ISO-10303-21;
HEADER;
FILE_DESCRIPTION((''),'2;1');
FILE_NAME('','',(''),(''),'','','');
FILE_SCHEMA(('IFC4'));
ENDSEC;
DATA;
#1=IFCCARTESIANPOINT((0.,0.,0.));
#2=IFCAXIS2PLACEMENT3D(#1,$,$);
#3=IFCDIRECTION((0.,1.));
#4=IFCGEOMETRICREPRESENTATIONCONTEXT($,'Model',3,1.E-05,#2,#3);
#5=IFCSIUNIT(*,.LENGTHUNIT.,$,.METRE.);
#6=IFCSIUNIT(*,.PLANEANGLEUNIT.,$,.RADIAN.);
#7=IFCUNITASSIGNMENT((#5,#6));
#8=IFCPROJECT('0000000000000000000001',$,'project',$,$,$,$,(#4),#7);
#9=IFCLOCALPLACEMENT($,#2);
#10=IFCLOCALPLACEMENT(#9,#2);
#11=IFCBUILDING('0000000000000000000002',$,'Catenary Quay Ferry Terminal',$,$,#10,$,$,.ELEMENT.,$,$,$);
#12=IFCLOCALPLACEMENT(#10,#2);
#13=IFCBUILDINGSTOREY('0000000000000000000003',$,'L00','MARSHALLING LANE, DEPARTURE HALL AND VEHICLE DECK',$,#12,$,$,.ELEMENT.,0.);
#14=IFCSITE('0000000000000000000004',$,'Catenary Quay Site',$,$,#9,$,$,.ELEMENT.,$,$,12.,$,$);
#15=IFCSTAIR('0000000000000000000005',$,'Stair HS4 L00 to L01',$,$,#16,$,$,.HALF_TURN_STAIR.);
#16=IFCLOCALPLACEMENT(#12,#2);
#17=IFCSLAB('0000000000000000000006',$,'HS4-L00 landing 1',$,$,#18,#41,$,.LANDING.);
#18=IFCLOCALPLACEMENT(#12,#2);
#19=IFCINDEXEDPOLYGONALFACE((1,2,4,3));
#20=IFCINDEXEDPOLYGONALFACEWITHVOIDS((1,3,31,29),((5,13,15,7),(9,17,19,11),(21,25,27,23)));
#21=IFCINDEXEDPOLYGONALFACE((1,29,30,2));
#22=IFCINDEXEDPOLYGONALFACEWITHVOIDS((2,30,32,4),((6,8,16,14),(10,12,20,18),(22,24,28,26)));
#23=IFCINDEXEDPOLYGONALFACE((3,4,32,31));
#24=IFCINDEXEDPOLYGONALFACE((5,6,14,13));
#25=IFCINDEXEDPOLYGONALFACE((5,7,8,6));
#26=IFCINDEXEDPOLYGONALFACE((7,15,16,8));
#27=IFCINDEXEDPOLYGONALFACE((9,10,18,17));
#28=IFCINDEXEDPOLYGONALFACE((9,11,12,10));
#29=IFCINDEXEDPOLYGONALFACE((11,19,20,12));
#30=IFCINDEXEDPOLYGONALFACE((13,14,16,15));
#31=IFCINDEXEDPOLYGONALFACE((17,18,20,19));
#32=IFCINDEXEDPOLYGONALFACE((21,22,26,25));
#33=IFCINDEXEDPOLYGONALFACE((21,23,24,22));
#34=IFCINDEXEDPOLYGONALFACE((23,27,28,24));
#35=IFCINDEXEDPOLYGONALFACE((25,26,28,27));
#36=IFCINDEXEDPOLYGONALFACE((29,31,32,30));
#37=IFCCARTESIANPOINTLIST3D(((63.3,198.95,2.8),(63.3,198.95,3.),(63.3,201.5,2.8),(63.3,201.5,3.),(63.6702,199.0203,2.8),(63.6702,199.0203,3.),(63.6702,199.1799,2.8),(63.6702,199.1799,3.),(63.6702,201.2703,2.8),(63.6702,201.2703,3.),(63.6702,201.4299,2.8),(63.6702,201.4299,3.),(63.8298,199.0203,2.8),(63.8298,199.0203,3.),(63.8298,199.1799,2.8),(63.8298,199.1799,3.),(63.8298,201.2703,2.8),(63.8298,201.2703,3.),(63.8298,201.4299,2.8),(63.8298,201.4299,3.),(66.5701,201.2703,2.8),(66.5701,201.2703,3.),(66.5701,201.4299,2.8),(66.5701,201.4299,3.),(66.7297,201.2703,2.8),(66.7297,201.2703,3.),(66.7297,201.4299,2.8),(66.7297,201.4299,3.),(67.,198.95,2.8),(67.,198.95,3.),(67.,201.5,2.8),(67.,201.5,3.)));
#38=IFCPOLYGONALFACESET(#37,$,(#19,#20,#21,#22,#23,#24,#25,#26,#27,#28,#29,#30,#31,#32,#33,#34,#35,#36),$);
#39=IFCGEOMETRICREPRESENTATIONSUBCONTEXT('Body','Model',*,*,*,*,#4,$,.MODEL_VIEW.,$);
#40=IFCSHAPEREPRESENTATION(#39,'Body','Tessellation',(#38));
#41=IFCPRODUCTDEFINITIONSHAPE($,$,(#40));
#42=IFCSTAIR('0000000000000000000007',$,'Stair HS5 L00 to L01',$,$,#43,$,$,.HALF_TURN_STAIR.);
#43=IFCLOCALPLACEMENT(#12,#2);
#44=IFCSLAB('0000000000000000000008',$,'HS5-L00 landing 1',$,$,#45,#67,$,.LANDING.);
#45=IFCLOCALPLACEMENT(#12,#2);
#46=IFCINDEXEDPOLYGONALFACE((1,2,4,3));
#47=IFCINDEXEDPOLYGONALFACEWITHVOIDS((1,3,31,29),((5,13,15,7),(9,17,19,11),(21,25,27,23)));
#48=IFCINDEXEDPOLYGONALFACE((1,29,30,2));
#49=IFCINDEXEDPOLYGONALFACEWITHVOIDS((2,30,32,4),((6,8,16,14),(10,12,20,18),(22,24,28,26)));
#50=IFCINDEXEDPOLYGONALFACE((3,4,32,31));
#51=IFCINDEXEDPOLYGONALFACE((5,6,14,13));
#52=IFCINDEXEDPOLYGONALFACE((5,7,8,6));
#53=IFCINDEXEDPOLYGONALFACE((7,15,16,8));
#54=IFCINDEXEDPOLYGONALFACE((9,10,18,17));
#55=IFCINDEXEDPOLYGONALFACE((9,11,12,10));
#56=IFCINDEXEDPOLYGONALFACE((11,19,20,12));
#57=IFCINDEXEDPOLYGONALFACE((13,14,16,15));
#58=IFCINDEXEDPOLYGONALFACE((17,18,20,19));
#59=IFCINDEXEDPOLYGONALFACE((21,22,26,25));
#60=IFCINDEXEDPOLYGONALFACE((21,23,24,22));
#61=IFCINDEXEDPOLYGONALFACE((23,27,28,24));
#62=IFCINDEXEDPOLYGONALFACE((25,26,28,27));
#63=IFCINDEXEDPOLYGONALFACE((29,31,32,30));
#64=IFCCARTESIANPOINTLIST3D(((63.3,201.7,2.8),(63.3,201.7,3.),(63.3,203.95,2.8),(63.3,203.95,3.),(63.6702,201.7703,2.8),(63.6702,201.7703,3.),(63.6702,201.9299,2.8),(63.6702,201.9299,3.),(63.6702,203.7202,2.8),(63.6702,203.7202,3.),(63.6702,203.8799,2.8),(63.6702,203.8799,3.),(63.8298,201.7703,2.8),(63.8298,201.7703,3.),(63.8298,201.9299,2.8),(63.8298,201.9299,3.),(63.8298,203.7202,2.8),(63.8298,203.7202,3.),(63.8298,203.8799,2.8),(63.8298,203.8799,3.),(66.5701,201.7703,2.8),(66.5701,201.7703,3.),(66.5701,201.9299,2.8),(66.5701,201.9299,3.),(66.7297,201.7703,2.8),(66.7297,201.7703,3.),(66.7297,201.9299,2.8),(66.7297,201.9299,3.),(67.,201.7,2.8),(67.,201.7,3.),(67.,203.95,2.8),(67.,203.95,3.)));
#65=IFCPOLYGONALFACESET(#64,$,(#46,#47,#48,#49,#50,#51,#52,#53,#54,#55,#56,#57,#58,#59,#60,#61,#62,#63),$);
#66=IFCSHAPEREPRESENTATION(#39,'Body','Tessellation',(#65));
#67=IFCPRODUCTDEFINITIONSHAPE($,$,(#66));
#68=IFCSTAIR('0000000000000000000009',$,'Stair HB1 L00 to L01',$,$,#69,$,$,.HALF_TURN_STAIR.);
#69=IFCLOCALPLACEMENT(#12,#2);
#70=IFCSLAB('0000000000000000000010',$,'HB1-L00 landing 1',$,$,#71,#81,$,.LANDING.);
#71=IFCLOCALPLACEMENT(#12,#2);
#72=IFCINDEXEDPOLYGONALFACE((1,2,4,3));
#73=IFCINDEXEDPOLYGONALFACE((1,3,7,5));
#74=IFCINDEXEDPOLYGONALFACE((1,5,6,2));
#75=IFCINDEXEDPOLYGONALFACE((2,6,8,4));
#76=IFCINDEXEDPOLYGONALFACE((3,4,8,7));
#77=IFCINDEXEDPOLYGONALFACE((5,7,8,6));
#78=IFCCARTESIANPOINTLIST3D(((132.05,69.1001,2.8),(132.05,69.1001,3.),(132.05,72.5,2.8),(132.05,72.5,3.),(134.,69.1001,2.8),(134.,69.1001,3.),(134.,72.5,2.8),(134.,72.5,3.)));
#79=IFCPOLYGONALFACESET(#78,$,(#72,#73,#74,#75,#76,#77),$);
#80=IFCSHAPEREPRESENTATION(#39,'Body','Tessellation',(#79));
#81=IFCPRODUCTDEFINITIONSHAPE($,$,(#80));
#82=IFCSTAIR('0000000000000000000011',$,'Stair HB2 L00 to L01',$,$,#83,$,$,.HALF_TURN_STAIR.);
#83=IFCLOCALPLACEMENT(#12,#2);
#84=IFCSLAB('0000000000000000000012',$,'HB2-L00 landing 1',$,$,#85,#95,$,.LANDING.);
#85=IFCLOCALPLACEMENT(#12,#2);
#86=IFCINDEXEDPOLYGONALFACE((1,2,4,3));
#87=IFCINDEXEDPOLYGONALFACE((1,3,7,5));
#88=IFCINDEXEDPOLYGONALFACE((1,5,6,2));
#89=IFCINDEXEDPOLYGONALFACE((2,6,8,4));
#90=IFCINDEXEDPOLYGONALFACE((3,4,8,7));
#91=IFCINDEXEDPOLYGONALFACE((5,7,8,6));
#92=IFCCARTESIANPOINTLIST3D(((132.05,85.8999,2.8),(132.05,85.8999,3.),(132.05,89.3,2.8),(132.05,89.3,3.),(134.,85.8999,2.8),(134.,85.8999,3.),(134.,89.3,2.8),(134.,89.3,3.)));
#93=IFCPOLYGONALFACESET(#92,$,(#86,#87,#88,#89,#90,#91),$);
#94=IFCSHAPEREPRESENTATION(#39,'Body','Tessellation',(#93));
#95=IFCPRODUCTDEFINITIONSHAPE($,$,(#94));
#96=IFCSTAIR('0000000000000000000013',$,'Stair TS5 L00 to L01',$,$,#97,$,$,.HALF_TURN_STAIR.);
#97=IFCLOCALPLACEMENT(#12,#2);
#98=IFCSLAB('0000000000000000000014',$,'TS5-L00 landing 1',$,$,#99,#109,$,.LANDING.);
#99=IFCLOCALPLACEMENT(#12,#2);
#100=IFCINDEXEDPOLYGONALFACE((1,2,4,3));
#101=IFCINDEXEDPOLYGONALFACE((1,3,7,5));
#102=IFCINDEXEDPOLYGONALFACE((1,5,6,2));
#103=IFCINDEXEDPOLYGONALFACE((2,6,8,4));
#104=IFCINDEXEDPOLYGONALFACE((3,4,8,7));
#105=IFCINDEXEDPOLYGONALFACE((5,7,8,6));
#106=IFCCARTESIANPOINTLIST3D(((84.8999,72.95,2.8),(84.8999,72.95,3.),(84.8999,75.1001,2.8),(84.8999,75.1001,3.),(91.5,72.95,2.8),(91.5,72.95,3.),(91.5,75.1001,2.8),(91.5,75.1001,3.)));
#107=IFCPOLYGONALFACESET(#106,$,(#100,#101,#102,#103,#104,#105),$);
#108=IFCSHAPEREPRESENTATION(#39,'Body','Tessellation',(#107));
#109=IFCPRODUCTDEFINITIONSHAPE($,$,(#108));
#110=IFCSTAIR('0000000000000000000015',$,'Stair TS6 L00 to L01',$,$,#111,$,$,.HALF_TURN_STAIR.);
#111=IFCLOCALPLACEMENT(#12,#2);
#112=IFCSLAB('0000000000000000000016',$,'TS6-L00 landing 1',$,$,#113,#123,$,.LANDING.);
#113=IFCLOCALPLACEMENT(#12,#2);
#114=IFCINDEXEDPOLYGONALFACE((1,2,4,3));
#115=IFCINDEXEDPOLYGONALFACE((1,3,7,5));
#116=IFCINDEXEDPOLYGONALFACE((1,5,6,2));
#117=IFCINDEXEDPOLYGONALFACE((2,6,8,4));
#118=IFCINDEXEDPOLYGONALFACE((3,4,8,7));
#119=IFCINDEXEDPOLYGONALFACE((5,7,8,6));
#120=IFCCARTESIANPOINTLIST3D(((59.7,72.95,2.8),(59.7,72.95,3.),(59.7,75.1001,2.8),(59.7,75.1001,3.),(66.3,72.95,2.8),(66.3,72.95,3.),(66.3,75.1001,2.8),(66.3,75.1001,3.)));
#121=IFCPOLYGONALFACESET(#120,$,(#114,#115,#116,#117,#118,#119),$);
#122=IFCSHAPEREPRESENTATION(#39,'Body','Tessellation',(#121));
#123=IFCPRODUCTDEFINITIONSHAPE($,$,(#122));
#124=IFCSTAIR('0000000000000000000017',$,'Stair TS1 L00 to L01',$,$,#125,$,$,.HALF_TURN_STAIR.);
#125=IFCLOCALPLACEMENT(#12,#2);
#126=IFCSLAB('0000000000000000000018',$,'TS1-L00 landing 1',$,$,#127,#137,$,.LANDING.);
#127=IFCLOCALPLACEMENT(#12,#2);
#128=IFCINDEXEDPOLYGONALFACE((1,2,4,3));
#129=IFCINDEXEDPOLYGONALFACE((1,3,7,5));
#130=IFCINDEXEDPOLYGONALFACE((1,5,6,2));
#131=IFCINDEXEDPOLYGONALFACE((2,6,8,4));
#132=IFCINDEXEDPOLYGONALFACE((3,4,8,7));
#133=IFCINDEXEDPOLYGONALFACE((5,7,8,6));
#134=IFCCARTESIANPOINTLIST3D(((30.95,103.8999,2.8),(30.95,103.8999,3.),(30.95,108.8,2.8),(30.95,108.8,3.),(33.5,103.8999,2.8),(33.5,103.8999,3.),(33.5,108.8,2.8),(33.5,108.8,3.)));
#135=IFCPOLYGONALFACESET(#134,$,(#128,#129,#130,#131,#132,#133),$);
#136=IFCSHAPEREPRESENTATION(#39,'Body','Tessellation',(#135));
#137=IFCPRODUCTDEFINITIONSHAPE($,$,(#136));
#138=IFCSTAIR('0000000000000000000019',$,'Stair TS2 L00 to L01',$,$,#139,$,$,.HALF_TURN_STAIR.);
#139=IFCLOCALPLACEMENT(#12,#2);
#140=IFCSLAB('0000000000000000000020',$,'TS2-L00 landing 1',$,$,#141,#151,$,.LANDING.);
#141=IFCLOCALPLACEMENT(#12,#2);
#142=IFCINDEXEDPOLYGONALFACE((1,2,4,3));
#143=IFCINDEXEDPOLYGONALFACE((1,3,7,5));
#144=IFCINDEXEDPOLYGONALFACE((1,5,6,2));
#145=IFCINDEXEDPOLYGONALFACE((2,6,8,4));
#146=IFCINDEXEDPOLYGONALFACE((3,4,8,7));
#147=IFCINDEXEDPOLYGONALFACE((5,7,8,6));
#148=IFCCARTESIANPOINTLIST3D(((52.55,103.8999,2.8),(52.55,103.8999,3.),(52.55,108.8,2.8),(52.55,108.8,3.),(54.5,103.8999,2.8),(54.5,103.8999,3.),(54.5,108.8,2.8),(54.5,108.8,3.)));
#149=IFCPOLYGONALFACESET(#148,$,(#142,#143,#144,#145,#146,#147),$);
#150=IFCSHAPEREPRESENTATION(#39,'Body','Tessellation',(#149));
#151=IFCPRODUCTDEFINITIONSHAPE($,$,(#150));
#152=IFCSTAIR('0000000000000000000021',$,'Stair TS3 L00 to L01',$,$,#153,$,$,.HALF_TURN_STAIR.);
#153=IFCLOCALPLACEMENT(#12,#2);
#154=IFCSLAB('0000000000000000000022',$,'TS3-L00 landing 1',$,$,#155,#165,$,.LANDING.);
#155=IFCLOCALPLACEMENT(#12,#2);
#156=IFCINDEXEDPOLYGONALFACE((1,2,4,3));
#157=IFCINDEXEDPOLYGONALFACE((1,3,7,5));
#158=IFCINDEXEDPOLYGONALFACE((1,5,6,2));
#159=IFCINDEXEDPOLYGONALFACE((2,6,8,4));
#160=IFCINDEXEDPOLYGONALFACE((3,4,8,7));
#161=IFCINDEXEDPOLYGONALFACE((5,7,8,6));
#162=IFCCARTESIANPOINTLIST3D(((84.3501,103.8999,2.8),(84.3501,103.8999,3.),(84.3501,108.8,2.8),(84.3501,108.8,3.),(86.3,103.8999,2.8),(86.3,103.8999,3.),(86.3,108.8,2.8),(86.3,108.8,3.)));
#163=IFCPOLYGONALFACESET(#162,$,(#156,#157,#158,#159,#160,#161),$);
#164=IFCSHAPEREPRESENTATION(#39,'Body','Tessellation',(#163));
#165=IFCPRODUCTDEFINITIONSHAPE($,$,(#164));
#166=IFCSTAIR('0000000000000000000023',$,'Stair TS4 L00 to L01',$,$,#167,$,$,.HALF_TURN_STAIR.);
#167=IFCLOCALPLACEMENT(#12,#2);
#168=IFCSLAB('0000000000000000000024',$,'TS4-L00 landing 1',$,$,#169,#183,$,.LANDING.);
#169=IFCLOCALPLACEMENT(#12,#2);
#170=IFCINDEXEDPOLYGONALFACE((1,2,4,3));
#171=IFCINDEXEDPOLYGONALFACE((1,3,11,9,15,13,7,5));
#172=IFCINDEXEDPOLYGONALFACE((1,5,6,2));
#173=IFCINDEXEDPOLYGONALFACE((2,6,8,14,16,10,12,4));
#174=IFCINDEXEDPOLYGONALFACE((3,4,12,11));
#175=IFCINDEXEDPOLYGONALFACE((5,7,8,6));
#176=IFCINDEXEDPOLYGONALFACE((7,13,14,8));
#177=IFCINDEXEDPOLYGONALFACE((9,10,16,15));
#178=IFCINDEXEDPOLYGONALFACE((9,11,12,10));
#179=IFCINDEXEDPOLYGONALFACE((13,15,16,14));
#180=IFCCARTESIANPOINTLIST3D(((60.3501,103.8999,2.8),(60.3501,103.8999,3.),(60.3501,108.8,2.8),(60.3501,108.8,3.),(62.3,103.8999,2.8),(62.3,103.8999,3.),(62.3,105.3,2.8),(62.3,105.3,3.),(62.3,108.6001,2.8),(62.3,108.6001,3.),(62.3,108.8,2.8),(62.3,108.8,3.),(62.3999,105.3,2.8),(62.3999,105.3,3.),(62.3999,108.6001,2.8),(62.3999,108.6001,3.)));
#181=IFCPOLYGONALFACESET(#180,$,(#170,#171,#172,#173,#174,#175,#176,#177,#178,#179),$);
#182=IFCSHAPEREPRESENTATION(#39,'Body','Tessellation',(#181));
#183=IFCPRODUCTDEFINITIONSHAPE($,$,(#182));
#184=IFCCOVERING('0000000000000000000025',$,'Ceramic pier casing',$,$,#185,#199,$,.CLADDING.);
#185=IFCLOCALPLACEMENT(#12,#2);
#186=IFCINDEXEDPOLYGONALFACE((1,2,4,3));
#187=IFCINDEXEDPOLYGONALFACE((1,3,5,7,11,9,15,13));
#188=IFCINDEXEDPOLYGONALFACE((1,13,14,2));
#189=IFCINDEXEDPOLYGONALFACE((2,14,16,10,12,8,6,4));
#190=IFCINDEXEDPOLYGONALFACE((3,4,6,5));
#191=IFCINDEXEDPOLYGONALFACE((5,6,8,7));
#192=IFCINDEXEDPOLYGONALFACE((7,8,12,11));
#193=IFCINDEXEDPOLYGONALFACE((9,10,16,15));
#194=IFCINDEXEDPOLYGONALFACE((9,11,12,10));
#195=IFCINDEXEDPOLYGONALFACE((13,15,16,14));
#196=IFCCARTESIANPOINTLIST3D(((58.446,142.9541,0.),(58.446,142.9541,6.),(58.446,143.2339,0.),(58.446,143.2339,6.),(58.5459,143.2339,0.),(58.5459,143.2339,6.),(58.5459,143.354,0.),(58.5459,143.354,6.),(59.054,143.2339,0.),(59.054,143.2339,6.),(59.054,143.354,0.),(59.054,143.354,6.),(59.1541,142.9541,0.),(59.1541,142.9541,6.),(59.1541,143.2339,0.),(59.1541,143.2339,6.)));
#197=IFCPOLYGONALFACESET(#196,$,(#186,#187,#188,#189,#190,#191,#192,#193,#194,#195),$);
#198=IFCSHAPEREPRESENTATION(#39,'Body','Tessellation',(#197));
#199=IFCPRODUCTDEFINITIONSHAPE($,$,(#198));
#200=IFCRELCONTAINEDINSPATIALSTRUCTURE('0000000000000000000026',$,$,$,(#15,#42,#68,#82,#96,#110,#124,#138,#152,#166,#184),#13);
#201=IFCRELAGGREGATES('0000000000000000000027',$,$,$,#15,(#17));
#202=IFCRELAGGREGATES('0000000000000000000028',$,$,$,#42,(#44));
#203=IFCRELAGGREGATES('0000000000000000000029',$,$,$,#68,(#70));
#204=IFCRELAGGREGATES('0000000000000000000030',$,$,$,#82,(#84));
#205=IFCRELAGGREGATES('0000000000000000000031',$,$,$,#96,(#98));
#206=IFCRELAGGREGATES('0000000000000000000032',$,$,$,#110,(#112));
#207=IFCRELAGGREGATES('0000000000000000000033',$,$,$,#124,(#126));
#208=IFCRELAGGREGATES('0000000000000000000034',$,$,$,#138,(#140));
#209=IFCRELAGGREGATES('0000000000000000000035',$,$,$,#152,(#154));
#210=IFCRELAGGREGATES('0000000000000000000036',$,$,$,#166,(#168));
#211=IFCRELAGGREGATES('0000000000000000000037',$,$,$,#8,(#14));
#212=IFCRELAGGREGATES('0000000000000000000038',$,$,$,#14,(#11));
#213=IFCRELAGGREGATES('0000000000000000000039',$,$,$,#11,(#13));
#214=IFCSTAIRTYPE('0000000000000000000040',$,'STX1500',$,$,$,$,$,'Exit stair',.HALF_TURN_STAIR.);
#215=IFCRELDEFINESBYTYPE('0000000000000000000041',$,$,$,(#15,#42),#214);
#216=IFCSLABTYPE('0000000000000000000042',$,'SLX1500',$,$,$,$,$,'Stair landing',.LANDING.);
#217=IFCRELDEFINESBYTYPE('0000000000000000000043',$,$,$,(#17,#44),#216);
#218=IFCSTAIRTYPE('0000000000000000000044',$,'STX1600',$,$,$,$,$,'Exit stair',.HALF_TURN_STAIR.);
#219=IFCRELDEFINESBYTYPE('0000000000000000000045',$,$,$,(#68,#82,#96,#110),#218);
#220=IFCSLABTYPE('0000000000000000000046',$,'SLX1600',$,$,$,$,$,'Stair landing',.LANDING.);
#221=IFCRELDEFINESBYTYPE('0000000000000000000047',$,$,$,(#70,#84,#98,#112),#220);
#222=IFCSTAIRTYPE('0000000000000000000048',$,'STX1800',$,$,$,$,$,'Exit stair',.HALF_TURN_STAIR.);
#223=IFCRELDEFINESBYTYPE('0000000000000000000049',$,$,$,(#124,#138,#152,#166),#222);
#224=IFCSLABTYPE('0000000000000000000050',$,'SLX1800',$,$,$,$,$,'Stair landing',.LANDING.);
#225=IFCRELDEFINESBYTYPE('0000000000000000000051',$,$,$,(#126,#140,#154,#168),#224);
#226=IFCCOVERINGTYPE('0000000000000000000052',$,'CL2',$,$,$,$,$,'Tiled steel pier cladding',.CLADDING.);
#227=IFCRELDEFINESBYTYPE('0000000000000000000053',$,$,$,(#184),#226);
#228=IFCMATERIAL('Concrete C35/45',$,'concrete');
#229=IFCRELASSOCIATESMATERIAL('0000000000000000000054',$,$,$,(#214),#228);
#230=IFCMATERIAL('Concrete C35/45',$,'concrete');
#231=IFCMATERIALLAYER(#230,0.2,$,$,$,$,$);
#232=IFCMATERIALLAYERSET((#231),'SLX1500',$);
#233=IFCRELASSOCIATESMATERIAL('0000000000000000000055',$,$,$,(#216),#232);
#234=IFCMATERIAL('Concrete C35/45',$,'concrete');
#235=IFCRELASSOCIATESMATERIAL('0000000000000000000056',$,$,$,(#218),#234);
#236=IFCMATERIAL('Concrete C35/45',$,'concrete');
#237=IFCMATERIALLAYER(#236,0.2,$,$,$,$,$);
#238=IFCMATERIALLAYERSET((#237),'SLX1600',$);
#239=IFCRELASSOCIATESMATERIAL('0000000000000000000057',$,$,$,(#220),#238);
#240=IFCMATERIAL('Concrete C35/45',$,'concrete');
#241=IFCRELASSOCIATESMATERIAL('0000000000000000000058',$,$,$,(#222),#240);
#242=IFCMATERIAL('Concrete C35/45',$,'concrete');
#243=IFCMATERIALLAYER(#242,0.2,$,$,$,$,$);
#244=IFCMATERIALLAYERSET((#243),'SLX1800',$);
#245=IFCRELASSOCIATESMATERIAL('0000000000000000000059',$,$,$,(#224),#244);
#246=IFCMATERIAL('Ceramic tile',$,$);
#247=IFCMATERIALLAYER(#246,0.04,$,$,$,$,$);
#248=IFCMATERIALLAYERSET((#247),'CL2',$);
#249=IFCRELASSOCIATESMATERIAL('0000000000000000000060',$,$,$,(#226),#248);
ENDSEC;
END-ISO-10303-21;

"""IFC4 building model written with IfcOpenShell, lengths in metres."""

from ifc_helpers import new_model, si_unit, direction, frame, origin, place, context, subcontext, project, spatial, polyline, outline, extrude, material, layer, layer_set, type_object, element, aggregate, save


model = new_model("IFC4")

# Units and contexts
model_context = context("Model", 3, precision=1e-05, world=origin(), true_north=direction((0.0, 1.0)))
body_context = subcontext(model_context, "Body", "Model", "MODEL_VIEW")
ifc_project = project(units=[si_unit("LENGTHUNIT", "METRE"), si_unit("PLANEANGLEUNIT", "RADIAN")], contexts=[model_context])

# Site, building, storey
site_placement = place(None, origin())
site = spatial("IfcSite", under=ifc_project, at=site_placement, Name="Catenary Quay Site", CompositionType="ELEMENT", RefElevation=12.0)
building_placement = place(site_placement, origin())
building = spatial("IfcBuilding", under=site, at=building_placement, Name="Catenary Quay Ferry Terminal", CompositionType="ELEMENT")
storey_placement = place(building_placement, origin())
storey = spatial("IfcBuildingStorey", under=building, at=storey_placement, Name="L00", Description="MARSHALLING LANE, DEPARTURE HALL AND VEHICLE DECK", CompositionType="ELEMENT", Elevation=0.0)

# Stairs, slabs
ifc_material_1 = material(Name="Concrete C35/45", Category="concrete")
stair_type_1 = type_object("IfcStairType", Name="STX1500", ElementType="Exit stair", PredefinedType="HALF_TURN_STAIR", material=ifc_material_1)
ifc_material_2 = material(Name="Concrete C35/45", Category="concrete")
ifc_layer_1 = layer(ifc_material_2, 0.2)
ifc_layer_set_1 = layer_set([ifc_layer_1], Name="SLX1500")
slab_type_1 = type_object("IfcSlabType", Name="SLX1500", ElementType="Stair landing", PredefinedType="LANDING", material=ifc_layer_set_1)
stair_1_placement = place(storey_placement, origin())
stair_1 = element("IfcStair", 1, at=stair_1_placement, inside=storey, type_object=stair_type_1, Name="Stair HS4 L00 to L01", PredefinedType="HALF_TURN_STAIR")
slab_1_placement = place(storey_placement, frame((0.0, 0.0, 2.8)))
slab_1 = element("IfcSlab", 2, at=slab_1_placement, type_object=slab_type_1, Name="HS4-L00 landing 1", PredefinedType="LANDING", context=body_context, shape_type="SweptSolid", body=[
    extrude(outline(polyline([(63.3, 201.5), (67.0, 201.5), (67.0, 198.95), (63.3, 198.95), (63.3, 201.5)]), holes=[polyline([(63.6702, 201.2703), (63.8298, 201.2703), (63.8298, 201.4299), (63.6702, 201.4299), (63.6702, 201.2703)]), polyline([(66.5701, 201.2703), (66.7297, 201.2703), (66.7297, 201.4299), (66.5701, 201.4299), (66.5701, 201.2703)]), polyline([(63.6702, 199.0203), (63.8298, 199.0203), (63.8298, 199.1799), (63.6702, 199.1799), (63.6702, 199.0203)])]), origin(), (0.0, 0.0, 1.0), 0.2),
])
aggregate(stair_1, [slab_1])
stair_2_placement = place(storey_placement, origin())
stair_2 = element("IfcStair", 3, at=stair_2_placement, inside=storey, type_object=stair_type_1, Name="Stair HS5 L00 to L01", PredefinedType="HALF_TURN_STAIR")
slab_2_placement = place(storey_placement, frame((0.0, 0.0, 2.8)))
slab_2 = element("IfcSlab", 4, at=slab_2_placement, type_object=slab_type_1, Name="HS5-L00 landing 1", PredefinedType="LANDING", context=body_context, shape_type="SweptSolid", body=[
    extrude(outline(polyline([(63.3, 203.95), (67.0, 203.95), (67.0, 201.7), (63.3, 201.7), (63.3, 203.95)]), holes=[polyline([(63.6702, 201.7703), (63.8298, 201.7703), (63.8298, 201.9299), (63.6702, 201.9299), (63.6702, 201.7703)]), polyline([(66.5701, 201.7703), (66.7297, 201.7703), (66.7297, 201.9299), (66.5701, 201.9299), (66.5701, 201.7703)]), polyline([(63.6702, 203.7202), (63.8298, 203.7202), (63.8298, 203.8799), (63.6702, 203.8799), (63.6702, 203.7202)])]), origin(), (0.0, 0.0, 1.0), 0.2),
])
aggregate(stair_2, [slab_2])
ifc_material_3 = material(Name="Concrete C35/45", Category="concrete")
stair_type_2 = type_object("IfcStairType", Name="STX1600", ElementType="Exit stair", PredefinedType="HALF_TURN_STAIR", material=ifc_material_3)
stair_3_placement = place(storey_placement, origin())
stair_3 = element("IfcStair", 5, at=stair_3_placement, inside=storey, type_object=stair_type_2, Name="Stair HB1 L00 to L01", PredefinedType="HALF_TURN_STAIR")
ifc_material_4 = material(Name="Concrete C35/45", Category="concrete")
ifc_layer_2 = layer(ifc_material_4, 0.2)
ifc_layer_set_2 = layer_set([ifc_layer_2], Name="SLX1600")
slab_type_2 = type_object("IfcSlabType", Name="SLX1600", ElementType="Stair landing", PredefinedType="LANDING", material=ifc_layer_set_2)
slab_3_placement = place(storey_placement, frame((0.0, 0.0, 2.8)))
slab_3 = element("IfcSlab", 6, at=slab_3_placement, type_object=slab_type_2, Name="HB1-L00 landing 1", PredefinedType="LANDING", context=body_context, shape_type="SweptSolid", body=[
    extrude(outline(polyline([(132.05, 69.1001), (134.0, 69.1001), (134.0, 72.5), (132.05, 72.5), (132.05, 69.1001)])), origin(), (0.0, 0.0, 1.0), 0.2),
])
aggregate(stair_3, [slab_3])
stair_4_placement = place(storey_placement, origin())
stair_4 = element("IfcStair", 7, at=stair_4_placement, inside=storey, type_object=stair_type_2, Name="Stair HB2 L00 to L01", PredefinedType="HALF_TURN_STAIR")
slab_4_placement = place(storey_placement, frame((0.0, 0.0, 2.8)))
slab_4 = element("IfcSlab", 8, at=slab_4_placement, type_object=slab_type_2, Name="HB2-L00 landing 1", PredefinedType="LANDING", context=body_context, shape_type="SweptSolid", body=[
    extrude(outline(polyline([(132.05, 85.8999), (134.0, 85.8999), (134.0, 89.3), (132.05, 89.3), (132.05, 85.8999)])), origin(), (0.0, 0.0, 1.0), 0.2),
])
aggregate(stair_4, [slab_4])
stair_5_placement = place(storey_placement, origin())
stair_5 = element("IfcStair", 9, at=stair_5_placement, inside=storey, type_object=stair_type_2, Name="Stair TS5 L00 to L01", PredefinedType="HALF_TURN_STAIR")
slab_5_placement = place(storey_placement, frame((0.0, 0.0, 2.8)))
slab_5 = element("IfcSlab", 10, at=slab_5_placement, type_object=slab_type_2, Name="TS5-L00 landing 1", PredefinedType="LANDING", context=body_context, shape_type="SweptSolid", body=[
    extrude(outline(polyline([(84.8999, 72.95), (91.5, 72.95), (91.5, 75.1001), (84.8999, 75.1001), (84.8999, 72.95)])), origin(), (0.0, 0.0, 1.0), 0.2),
])
aggregate(stair_5, [slab_5])
stair_6_placement = place(storey_placement, origin())
stair_6 = element("IfcStair", 11, at=stair_6_placement, inside=storey, type_object=stair_type_2, Name="Stair TS6 L00 to L01", PredefinedType="HALF_TURN_STAIR")
slab_6_placement = place(storey_placement, frame((0.0, 0.0, 2.8)))
slab_6 = element("IfcSlab", 12, at=slab_6_placement, type_object=slab_type_2, Name="TS6-L00 landing 1", PredefinedType="LANDING", context=body_context, shape_type="SweptSolid", body=[
    extrude(outline(polyline([(59.7, 72.95), (66.3, 72.95), (66.3, 75.1001), (59.7, 75.1001), (59.7, 72.95)])), origin(), (0.0, 0.0, 1.0), 0.2),
])
aggregate(stair_6, [slab_6])
ifc_material_5 = material(Name="Concrete C35/45", Category="concrete")
stair_type_3 = type_object("IfcStairType", Name="STX1800", ElementType="Exit stair", PredefinedType="HALF_TURN_STAIR", material=ifc_material_5)
stair_7_placement = place(storey_placement, origin())
stair_7 = element("IfcStair", 13, at=stair_7_placement, inside=storey, type_object=stair_type_3, Name="Stair TS1 L00 to L01", PredefinedType="HALF_TURN_STAIR")
ifc_material_6 = material(Name="Concrete C35/45", Category="concrete")
ifc_layer_3 = layer(ifc_material_6, 0.2)
ifc_layer_set_3 = layer_set([ifc_layer_3], Name="SLX1800")
slab_type_3 = type_object("IfcSlabType", Name="SLX1800", ElementType="Stair landing", PredefinedType="LANDING", material=ifc_layer_set_3)
slab_7_placement = place(storey_placement, frame((0.0, 0.0, 2.8)))
slab_7 = element("IfcSlab", 14, at=slab_7_placement, type_object=slab_type_3, Name="TS1-L00 landing 1", PredefinedType="LANDING", context=body_context, shape_type="SweptSolid", body=[
    extrude(outline(polyline([(30.95, 103.8999), (33.5, 103.8999), (33.5, 108.8), (30.95, 108.8), (30.95, 103.8999)])), origin(), (0.0, 0.0, 1.0), 0.2),
])
aggregate(stair_7, [slab_7])
stair_8_placement = place(storey_placement, origin())
stair_8 = element("IfcStair", 15, at=stair_8_placement, inside=storey, type_object=stair_type_3, Name="Stair TS2 L00 to L01", PredefinedType="HALF_TURN_STAIR")
slab_8_placement = place(storey_placement, frame((0.0, 0.0, 2.8)))
slab_8 = element("IfcSlab", 16, at=slab_8_placement, type_object=slab_type_3, Name="TS2-L00 landing 1", PredefinedType="LANDING", context=body_context, shape_type="SweptSolid", body=[
    extrude(outline(polyline([(52.55, 103.8999), (54.5, 103.8999), (54.5, 108.8), (52.55, 108.8), (52.55, 103.8999)])), origin(), (0.0, 0.0, 1.0), 0.2),
])
aggregate(stair_8, [slab_8])
stair_9_placement = place(storey_placement, origin())
stair_9 = element("IfcStair", 17, at=stair_9_placement, inside=storey, type_object=stair_type_3, Name="Stair TS3 L00 to L01", PredefinedType="HALF_TURN_STAIR")
slab_9_placement = place(storey_placement, frame((0.0, 0.0, 2.8)))
slab_9 = element("IfcSlab", 18, at=slab_9_placement, type_object=slab_type_3, Name="TS3-L00 landing 1", PredefinedType="LANDING", context=body_context, shape_type="SweptSolid", body=[
    extrude(outline(polyline([(84.3501, 103.8999), (86.3, 103.8999), (86.3, 108.8), (84.3501, 108.8), (84.3501, 103.8999)])), origin(), (0.0, 0.0, 1.0), 0.2),
])
aggregate(stair_9, [slab_9])
stair_10_placement = place(storey_placement, origin())
stair_10 = element("IfcStair", 19, at=stair_10_placement, inside=storey, type_object=stair_type_3, Name="Stair TS4 L00 to L01", PredefinedType="HALF_TURN_STAIR")
slab_10_placement = place(storey_placement, frame((0.0, 0.0, 2.8)))
slab_10 = element("IfcSlab", 20, at=slab_10_placement, type_object=slab_type_3, Name="TS4-L00 landing 1", PredefinedType="LANDING", context=body_context, shape_type="SweptSolid", body=[
    extrude(outline(polyline([(62.3999, 105.3), (62.3, 105.3), (62.3, 103.8999), (60.3501, 103.8999), (60.3501, 108.8), (62.3, 108.8), (62.3, 108.6001), (62.3999, 108.6001), (62.3999, 105.3)])), origin(), (0.0, 0.0, 1.0), 0.2),
])
aggregate(stair_10, [slab_10])

# Covering
ifc_material_7 = material(Name="Ceramic tile")
ifc_layer_4 = layer(ifc_material_7, 0.04)
ifc_layer_set_4 = layer_set([ifc_layer_4], Name="CL2")
covering_type = type_object("IfcCoveringType", Name="CL2", ElementType="Tiled steel pier cladding", PredefinedType="CLADDING", material=ifc_layer_set_4)
covering_1_placement = place(storey_placement, origin())
element("IfcCovering", 21, at=covering_1_placement, inside=storey, type_object=covering_type, Name="Ceramic pier casing", PredefinedType="CLADDING", context=body_context, shape_type="SweptSolid", body=[
    extrude(outline(polyline([(59.1541, 142.9541), (59.1541, 143.2339), (59.054, 143.2339), (59.054, 143.354), (58.5459, 143.354), (58.5459, 143.2339), (58.446, 143.2339), (58.446, 142.9541), (59.1541, 142.9541)])), origin(), (0.0, 0.0, 1.0), 6.0),
])

save(model, "model.ifc")
